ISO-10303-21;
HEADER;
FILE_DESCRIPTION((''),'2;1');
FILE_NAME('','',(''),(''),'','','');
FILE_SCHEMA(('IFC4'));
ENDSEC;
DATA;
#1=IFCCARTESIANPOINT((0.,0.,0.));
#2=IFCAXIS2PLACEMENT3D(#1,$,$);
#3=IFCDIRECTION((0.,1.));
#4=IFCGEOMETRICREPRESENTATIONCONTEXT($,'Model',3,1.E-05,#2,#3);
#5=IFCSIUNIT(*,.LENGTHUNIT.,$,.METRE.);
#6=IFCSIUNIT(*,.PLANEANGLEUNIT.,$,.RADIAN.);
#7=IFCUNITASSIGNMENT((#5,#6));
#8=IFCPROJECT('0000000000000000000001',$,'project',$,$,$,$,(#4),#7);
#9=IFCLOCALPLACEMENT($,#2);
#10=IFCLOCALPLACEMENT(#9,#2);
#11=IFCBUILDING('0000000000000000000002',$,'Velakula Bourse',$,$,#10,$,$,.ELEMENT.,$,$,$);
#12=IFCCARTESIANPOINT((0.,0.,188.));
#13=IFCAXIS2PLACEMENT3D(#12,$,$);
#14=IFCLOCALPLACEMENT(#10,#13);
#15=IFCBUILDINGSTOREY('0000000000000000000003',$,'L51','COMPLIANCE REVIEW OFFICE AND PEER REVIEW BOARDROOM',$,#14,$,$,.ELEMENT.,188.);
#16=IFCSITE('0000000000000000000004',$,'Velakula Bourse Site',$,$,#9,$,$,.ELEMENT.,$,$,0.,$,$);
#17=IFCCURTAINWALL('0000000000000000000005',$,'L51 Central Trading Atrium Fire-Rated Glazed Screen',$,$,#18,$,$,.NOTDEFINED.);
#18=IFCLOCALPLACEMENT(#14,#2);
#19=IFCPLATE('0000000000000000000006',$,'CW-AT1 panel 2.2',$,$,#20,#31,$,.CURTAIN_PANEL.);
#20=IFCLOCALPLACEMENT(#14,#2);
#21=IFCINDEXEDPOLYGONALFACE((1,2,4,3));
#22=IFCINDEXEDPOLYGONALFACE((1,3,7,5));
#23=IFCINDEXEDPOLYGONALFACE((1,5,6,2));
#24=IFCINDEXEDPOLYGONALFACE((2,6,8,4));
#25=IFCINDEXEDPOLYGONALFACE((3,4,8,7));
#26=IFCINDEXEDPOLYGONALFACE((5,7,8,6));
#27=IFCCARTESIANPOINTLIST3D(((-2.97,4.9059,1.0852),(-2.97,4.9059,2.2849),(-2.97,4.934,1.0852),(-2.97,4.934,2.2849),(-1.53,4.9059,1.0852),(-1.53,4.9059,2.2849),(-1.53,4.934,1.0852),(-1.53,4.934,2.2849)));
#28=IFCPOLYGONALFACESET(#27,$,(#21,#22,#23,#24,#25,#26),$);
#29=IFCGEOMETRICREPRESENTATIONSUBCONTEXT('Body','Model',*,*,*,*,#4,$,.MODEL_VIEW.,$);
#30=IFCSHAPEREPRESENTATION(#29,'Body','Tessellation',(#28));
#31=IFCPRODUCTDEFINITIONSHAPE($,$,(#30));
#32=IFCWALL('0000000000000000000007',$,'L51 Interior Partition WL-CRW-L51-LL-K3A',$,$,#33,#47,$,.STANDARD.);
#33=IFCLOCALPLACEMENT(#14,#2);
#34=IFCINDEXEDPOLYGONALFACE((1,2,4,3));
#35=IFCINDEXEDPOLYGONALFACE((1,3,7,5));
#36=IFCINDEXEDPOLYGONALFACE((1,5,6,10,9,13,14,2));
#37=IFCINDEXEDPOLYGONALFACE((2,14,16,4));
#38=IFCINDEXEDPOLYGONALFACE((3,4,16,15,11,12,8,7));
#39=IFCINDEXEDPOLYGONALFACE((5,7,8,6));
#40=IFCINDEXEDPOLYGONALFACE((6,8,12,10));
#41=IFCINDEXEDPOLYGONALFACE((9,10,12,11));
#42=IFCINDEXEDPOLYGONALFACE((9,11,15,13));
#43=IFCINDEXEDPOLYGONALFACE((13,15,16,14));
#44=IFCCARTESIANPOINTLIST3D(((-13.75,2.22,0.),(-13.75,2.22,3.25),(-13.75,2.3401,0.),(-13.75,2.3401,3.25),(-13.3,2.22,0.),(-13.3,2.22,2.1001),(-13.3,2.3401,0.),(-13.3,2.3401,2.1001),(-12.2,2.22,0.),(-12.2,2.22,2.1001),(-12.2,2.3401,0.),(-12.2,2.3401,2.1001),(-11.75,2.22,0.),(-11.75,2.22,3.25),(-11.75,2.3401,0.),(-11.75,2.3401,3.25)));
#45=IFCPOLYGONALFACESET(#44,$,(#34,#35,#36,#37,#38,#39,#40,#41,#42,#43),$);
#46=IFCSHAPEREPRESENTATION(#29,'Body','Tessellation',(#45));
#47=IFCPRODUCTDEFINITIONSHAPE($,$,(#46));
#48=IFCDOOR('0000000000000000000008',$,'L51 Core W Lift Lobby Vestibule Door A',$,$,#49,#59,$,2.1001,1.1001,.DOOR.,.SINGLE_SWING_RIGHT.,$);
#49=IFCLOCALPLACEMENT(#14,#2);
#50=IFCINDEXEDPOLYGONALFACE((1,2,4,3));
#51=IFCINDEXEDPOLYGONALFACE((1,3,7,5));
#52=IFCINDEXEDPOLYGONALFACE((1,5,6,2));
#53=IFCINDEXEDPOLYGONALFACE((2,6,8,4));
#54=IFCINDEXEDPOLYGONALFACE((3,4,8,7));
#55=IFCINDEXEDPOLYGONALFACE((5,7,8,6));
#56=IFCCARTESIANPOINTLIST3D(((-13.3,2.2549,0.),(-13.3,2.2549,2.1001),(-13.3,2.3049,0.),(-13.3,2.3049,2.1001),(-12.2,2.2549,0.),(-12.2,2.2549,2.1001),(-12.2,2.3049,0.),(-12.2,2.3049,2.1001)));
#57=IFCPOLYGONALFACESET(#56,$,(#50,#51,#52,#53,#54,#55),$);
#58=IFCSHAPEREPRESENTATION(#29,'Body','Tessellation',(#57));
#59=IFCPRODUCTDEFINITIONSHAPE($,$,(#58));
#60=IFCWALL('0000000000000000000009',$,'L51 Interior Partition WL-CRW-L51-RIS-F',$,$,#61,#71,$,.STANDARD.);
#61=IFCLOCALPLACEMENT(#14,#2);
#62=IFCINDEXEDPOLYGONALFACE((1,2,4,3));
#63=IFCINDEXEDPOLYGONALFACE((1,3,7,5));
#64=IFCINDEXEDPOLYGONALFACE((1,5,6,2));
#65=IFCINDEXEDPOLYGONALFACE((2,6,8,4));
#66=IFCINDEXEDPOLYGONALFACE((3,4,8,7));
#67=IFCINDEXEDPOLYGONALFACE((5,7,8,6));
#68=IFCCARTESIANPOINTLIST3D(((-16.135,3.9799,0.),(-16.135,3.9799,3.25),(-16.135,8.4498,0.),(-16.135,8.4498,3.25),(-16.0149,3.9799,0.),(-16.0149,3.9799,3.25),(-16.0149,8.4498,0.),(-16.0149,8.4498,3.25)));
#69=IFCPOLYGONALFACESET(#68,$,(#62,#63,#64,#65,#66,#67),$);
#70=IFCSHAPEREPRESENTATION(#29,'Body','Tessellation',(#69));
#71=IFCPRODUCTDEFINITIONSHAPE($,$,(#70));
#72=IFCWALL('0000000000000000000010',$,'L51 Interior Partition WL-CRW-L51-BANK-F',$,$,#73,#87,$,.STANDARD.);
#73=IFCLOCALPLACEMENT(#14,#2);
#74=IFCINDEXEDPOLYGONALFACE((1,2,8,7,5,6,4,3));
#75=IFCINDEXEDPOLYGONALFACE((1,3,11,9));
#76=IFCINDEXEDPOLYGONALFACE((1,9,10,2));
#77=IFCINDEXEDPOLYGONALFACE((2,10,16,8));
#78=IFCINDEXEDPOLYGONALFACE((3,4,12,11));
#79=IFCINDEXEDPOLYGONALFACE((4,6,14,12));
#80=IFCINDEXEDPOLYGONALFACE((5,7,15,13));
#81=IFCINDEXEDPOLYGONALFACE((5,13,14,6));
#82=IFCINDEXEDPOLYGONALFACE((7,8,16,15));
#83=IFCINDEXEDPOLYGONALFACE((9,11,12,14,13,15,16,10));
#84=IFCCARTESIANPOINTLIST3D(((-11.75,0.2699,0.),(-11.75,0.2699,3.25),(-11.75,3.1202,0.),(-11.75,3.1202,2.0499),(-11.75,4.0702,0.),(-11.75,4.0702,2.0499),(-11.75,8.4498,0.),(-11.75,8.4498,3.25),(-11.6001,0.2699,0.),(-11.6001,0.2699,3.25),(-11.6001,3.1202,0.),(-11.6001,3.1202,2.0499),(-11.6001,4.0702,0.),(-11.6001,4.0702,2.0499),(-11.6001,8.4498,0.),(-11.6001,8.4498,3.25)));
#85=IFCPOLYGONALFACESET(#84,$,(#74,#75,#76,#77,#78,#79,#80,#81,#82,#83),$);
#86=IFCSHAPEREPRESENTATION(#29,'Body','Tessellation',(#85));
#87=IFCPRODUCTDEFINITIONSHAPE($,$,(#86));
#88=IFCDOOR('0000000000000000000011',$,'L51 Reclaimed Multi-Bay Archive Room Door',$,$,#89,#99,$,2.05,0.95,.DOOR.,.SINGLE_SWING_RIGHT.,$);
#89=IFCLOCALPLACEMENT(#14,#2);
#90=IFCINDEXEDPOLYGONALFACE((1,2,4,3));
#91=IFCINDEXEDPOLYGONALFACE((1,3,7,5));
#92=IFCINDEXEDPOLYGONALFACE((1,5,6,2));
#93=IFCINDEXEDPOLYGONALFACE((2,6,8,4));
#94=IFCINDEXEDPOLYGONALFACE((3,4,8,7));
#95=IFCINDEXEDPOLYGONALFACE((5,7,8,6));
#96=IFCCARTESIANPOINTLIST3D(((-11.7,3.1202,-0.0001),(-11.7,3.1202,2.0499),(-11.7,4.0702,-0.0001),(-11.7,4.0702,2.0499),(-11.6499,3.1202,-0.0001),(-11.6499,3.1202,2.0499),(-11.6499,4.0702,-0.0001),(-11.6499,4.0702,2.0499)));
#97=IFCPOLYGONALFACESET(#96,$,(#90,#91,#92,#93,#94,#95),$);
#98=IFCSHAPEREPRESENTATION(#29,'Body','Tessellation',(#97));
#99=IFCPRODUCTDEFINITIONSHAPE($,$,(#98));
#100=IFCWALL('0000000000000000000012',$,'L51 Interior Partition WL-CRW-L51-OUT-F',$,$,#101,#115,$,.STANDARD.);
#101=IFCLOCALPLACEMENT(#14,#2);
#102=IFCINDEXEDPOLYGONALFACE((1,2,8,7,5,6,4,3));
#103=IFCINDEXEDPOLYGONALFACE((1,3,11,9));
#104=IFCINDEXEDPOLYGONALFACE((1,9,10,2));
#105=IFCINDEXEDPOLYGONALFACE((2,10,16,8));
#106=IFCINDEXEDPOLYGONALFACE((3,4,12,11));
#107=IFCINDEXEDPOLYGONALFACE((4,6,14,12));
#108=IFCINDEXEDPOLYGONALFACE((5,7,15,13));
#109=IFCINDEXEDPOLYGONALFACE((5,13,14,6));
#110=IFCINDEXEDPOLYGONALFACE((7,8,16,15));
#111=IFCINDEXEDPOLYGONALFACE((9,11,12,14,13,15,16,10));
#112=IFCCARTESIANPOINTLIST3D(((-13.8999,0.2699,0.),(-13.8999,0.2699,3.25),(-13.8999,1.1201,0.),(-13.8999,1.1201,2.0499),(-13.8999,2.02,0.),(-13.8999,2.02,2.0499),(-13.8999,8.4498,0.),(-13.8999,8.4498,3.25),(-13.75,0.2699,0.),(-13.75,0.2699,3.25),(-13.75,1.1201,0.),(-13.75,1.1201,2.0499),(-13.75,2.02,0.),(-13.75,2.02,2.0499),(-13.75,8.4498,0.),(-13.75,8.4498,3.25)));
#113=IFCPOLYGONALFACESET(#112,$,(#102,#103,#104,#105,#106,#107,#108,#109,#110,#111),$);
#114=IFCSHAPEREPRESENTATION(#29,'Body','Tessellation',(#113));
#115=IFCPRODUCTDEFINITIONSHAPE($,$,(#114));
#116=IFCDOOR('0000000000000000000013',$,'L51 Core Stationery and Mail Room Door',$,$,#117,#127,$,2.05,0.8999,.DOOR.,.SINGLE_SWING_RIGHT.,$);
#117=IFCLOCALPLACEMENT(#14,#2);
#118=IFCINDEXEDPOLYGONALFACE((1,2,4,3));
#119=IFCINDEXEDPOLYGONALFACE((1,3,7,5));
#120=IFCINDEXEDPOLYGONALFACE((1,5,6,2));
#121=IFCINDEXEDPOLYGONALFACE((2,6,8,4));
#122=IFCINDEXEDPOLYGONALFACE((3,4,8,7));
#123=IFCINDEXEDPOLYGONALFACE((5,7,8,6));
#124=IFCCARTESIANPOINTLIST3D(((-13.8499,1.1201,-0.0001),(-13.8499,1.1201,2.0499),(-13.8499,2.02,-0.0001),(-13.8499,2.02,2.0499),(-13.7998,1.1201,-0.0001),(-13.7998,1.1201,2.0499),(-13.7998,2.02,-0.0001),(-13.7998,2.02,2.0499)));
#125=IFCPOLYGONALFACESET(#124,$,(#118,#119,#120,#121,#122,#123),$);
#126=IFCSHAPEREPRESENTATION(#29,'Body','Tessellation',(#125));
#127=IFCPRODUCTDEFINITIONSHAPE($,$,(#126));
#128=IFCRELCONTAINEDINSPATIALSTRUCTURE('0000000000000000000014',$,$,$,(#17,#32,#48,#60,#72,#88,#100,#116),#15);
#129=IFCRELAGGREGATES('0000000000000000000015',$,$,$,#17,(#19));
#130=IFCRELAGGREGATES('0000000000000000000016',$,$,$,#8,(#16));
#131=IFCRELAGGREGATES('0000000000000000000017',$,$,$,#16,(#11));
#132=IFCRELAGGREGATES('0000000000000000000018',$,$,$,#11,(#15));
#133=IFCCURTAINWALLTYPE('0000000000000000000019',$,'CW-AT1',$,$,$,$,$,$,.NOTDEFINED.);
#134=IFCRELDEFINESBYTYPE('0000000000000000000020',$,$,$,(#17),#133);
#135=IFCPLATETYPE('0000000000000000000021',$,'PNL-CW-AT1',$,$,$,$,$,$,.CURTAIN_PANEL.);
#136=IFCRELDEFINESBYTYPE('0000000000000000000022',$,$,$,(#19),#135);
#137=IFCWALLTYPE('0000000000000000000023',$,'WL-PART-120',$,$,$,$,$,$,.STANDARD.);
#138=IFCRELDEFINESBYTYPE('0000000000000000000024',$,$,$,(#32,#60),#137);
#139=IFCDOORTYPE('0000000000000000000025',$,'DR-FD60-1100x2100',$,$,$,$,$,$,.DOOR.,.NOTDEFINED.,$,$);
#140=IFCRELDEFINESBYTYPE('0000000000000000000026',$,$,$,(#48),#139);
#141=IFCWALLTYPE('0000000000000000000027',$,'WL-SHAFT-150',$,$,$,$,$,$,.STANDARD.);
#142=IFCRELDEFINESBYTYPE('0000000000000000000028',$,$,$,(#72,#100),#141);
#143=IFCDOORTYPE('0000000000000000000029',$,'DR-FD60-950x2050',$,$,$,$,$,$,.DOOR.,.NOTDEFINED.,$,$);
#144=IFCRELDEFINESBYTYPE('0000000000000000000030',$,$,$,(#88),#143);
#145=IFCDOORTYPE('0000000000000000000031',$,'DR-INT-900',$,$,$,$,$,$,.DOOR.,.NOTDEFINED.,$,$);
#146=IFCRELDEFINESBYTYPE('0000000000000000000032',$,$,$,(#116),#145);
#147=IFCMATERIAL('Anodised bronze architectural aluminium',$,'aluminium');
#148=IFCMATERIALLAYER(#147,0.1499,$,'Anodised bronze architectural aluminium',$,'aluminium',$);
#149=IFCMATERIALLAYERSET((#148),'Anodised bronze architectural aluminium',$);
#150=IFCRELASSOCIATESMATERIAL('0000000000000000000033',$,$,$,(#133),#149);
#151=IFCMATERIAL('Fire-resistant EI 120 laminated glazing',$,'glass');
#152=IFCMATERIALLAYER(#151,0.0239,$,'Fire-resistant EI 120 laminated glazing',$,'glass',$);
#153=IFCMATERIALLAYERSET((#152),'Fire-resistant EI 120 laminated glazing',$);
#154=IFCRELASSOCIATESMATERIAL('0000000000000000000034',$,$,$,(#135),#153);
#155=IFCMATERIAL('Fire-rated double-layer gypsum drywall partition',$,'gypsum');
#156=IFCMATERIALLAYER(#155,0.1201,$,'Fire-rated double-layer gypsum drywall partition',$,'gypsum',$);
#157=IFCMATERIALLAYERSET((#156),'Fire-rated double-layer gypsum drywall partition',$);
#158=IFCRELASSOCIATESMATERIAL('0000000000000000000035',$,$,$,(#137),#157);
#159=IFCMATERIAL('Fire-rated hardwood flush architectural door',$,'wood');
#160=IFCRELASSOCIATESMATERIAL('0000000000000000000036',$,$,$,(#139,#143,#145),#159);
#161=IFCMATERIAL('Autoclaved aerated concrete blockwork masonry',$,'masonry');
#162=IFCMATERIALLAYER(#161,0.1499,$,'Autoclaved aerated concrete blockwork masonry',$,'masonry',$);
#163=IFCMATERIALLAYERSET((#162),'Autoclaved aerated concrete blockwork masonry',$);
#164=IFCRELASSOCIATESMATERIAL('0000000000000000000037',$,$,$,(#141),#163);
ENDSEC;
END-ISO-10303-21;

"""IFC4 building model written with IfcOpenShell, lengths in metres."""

from ifc_helpers import new_model, si_unit, direction, frame, frame_2d, origin, origin_2d, place, context, subcontext, project, spatial, rectangle, extrude, material, layer, layer_set, type_object, element, fill, aggregate, save


model = new_model("IFC4")

# Units and contexts
model_context = context("Model", 3, precision=1e-05, world=origin(), true_north=direction((0.0, 1.0)))
body_context = subcontext(model_context, "Body", "Model", "MODEL_VIEW")
ifc_project = project(units=[si_unit("LENGTHUNIT", "METRE"), si_unit("PLANEANGLEUNIT", "RADIAN")], contexts=[model_context])

# Site, building, storey
site_placement = place(None, origin())
site = spatial("IfcSite", under=ifc_project, at=site_placement, Name="Velakula Bourse Site", CompositionType="ELEMENT", RefElevation=0.0)
building_placement = place(site_placement, origin())
building = spatial("IfcBuilding", under=site, at=building_placement, Name="Velakula Bourse", CompositionType="ELEMENT")
storey_placement = place(building_placement, frame((0.0, 0.0, 188.0)))
storey = spatial("IfcBuildingStorey", under=building, at=storey_placement, Name="L51", Description="COMPLIANCE REVIEW OFFICE AND PEER REVIEW BOARDROOM", CompositionType="ELEMENT", Elevation=188.0)

# Curtain wall, plate
ifc_material_1 = material(Name="Anodised bronze architectural aluminium", Category="aluminium")
ifc_layer_1 = layer(ifc_material_1, 0.1499, Name="Anodised bronze architectural aluminium", Category="aluminium")
ifc_layer_set_1 = layer_set([ifc_layer_1], Name="Anodised bronze architectural aluminium")
curtain_wall_type = type_object("IfcCurtainWallType", Name="CW-AT1", PredefinedType="NOTDEFINED", material=ifc_layer_set_1)
curtain_wall_placement = place(storey_placement, origin())
curtain_wall = element("IfcCurtainWall", 1, at=curtain_wall_placement, inside=storey, type_object=curtain_wall_type, Name="L51 Central Trading Atrium Fire-Rated Glazed Screen", PredefinedType="NOTDEFINED")
ifc_material_2 = material(Name="Fire-resistant EI 120 laminated glazing", Category="glass")
ifc_layer_2 = layer(ifc_material_2, 0.0239, Name="Fire-resistant EI 120 laminated glazing", Category="glass")
ifc_layer_set_2 = layer_set([ifc_layer_2], Name="Fire-resistant EI 120 laminated glazing")
plate_type = type_object("IfcPlateType", Name="PNL-CW-AT1", PredefinedType="CURTAIN_PANEL", material=ifc_layer_set_2)
plate_1_placement = place(storey_placement, frame((-2.25, 4.9199, 1.0852), z_axis=(0.0, 0.0, 1.0), x_axis=(1.0, 0.0, 0.0)))
plate_1 = element("IfcPlate", 2, at=plate_1_placement, type_object=plate_type, Name="CW-AT1 panel 2.2", PredefinedType="CURTAIN_PANEL", context=body_context, shape_type="SweptSolid", body=[
    extrude(rectangle(XDim=1.4399, YDim=0.0281, at=origin_2d()), origin(), (0.0, 0.0, 1.0), 1.1997),
])
aggregate(curtain_wall, [plate_1])

# Wall, opening, door
ifc_material_3 = material(Name="Fire-rated double-layer gypsum drywall partition", Category="gypsum")
ifc_layer_3 = layer(ifc_material_3, 0.1201, Name="Fire-rated double-layer gypsum drywall partition", Category="gypsum")
ifc_layer_set_3 = layer_set([ifc_layer_3], Name="Fire-rated double-layer gypsum drywall partition")
wall_type_1 = type_object("IfcWallType", Name="WL-PART-120", PredefinedType="STANDARD", material=ifc_layer_set_3)
wall_1_placement = place(storey_placement, frame((-13.75, 2.28, 0.0), z_axis=(0.0, 0.0, 1.0), x_axis=(1.0, 0.0, 0.0)))
wall_1 = element("IfcWall", 3, at=wall_1_placement, inside=storey, type_object=wall_type_1, Name="L51 Interior Partition WL-CRW-L51-LL-K3A", PredefinedType="STANDARD", context=body_context, shape_type="SweptSolid", body=[
    extrude(rectangle(XDim=2.0, YDim=0.1201, at=frame_2d((1.0, 0.0))), origin(), (0.0, 0.0, 1.0), 3.25),
])
opening_1_placement = place(wall_1_placement, frame((0.45, 0.0, 0.0)))
opening_1 = element("IfcOpeningElement", 4, at=opening_1_placement, cuts=wall_1, PredefinedType="OPENING", context=body_context, shape_type="SweptSolid", body=[
    extrude(rectangle(XDim=1.1001, YDim=2.1001, at=frame_2d((0.55, 1.05))), frame((0.0, 0.0701, 0.0), z_axis=(0.0, -1.0, 0.0), x_axis=(1.0, 0.0, 0.0)), (0.0, 0.0, 1.0), 0.1401),
])
ifc_material_4 = material(Name="Fire-rated hardwood flush architectural door", Category="wood")
door_type_1 = type_object("IfcDoorType", Name="DR-FD60-1100x2100", OperationType="NOTDEFINED", PredefinedType="DOOR", material=ifc_material_4)
door_1_placement = place(opening_1_placement, origin())
door_1 = element("IfcDoor", 5, at=door_1_placement, inside=storey, type_object=door_type_1, Name="L51 Core W Lift Lobby Vestibule Door A", OperationType="SINGLE_SWING_RIGHT", OverallHeight=2.1001, OverallWidth=1.1001, PredefinedType="DOOR", context=body_context, shape_type="SweptSolid", body=[
    extrude(rectangle(XDim=1.1001, YDim=2.1001, at=frame_2d((0.55, 1.05))), frame((0.0, 0.0249, 0.0), z_axis=(0.0, -1.0, 0.0), x_axis=(1.0, 0.0, 0.0)), (0.0, 0.0, 1.0), 0.05),
])
fill(opening_1, door_1)

# Wall
wall_2_placement = place(storey_placement, frame((-16.075, 3.98, 0.0), z_axis=(0.0, 0.0, 1.0), x_axis=(0.0, 1.0, 0.0)))
element("IfcWall", 6, at=wall_2_placement, inside=storey, type_object=wall_type_1, Name="L51 Interior Partition WL-CRW-L51-RIS-F", PredefinedType="STANDARD", context=body_context, shape_type="SweptSolid", body=[
    extrude(rectangle(XDim=4.47, YDim=0.1201, at=frame_2d((2.2349, 0.0))), origin(), (0.0, 0.0, 1.0), 3.25),
])

# Walls, openings, doors
ifc_material_5 = material(Name="Autoclaved aerated concrete blockwork masonry", Category="masonry")
ifc_layer_4 = layer(ifc_material_5, 0.1499, Name="Autoclaved aerated concrete blockwork masonry", Category="masonry")
ifc_layer_set_4 = layer_set([ifc_layer_4], Name="Autoclaved aerated concrete blockwork masonry")
wall_type_2 = type_object("IfcWallType", Name="WL-SHAFT-150", PredefinedType="STANDARD", material=ifc_layer_set_4)
wall_3_placement = place(storey_placement, frame((-11.675, 0.27, 0.0), z_axis=(0.0, 0.0, 1.0), x_axis=(0.0, 1.0, 0.0)))
wall_3 = element("IfcWall", 7, at=wall_3_placement, inside=storey, type_object=wall_type_2, Name="L51 Interior Partition WL-CRW-L51-BANK-F", PredefinedType="STANDARD", context=body_context, shape_type="SweptSolid", body=[
    extrude(rectangle(XDim=8.1799, YDim=0.1499, at=frame_2d((4.0898, 0.0))), origin(), (0.0, 0.0, 1.0), 3.25),
])
opening_2_placement = place(wall_3_placement, frame((2.8501, 0.0, 0.0)))
opening_2 = element("IfcOpeningElement", 8, at=opening_2_placement, cuts=wall_3, PredefinedType="OPENING", context=body_context, shape_type="SweptSolid", body=[
    extrude(rectangle(XDim=0.95, YDim=2.05, at=frame_2d((0.4751, 1.0249))), frame((0.0, 0.085, 0.0), z_axis=(0.0, -1.0, 0.0), x_axis=(1.0, 0.0, 0.0)), (0.0, 0.0, 1.0), 0.1699),
])
door_type_2 = type_object("IfcDoorType", Name="DR-FD60-950x2050", OperationType="NOTDEFINED", PredefinedType="DOOR", material=ifc_material_4)
door_2_placement = place(opening_2_placement, origin())
door_2 = element("IfcDoor", 9, at=door_2_placement, inside=storey, type_object=door_type_2, Name="L51 Reclaimed Multi-Bay Archive Room Door", OperationType="SINGLE_SWING_RIGHT", OverallHeight=2.05, OverallWidth=0.95, PredefinedType="DOOR", context=body_context, shape_type="SweptSolid", body=[
    extrude(rectangle(XDim=0.95, YDim=2.05, at=frame_2d((0.4751, 1.0249))), frame((0.0, 0.0249, 0.0), z_axis=(0.0, -1.0, 0.0), x_axis=(1.0, 0.0, 0.0)), (0.0, 0.0, 1.0), 0.05),
])
fill(opening_2, door_2)
wall_4_placement = place(storey_placement, frame((-13.825, 0.27, 0.0), z_axis=(0.0, 0.0, 1.0), x_axis=(0.0, 1.0, 0.0)))
wall_4 = element("IfcWall", 10, at=wall_4_placement, inside=storey, type_object=wall_type_2, Name="L51 Interior Partition WL-CRW-L51-OUT-F", PredefinedType="STANDARD", context=body_context, shape_type="SweptSolid", body=[
    extrude(rectangle(XDim=8.1799, YDim=0.1499, at=frame_2d((4.0898, 0.0))), origin(), (0.0, 0.0, 1.0), 3.25),
])
opening_3_placement = place(wall_4_placement, frame((0.8501, 0.0, 0.0)))
opening_3 = element("IfcOpeningElement", 11, at=opening_3_placement, cuts=wall_4, PredefinedType="OPENING", context=body_context, shape_type="SweptSolid", body=[
    extrude(rectangle(XDim=0.8999, YDim=2.05, at=frame_2d((0.45, 1.0249))), frame((0.0, 0.085, 0.0), z_axis=(0.0, -1.0, 0.0), x_axis=(1.0, 0.0, 0.0)), (0.0, 0.0, 1.0), 0.1699),
])
door_type_3 = type_object("IfcDoorType", Name="DR-INT-900", OperationType="NOTDEFINED", PredefinedType="DOOR", material=ifc_material_4)
door_3_placement = place(opening_3_placement, origin())
door_3 = element("IfcDoor", 12, at=door_3_placement, inside=storey, type_object=door_type_3, Name="L51 Core Stationery and Mail Room Door", OperationType="SINGLE_SWING_RIGHT", OverallHeight=2.05, OverallWidth=0.8999, PredefinedType="DOOR", context=body_context, shape_type="SweptSolid", body=[
    extrude(rectangle(XDim=0.8999, YDim=2.05, at=frame_2d((0.45, 1.0249))), frame((0.0, 0.0249, 0.0), z_axis=(0.0, -1.0, 0.0), x_axis=(1.0, 0.0, 0.0)), (0.0, 0.0, 1.0), 0.05),
])
fill(opening_3, door_3)

save(model, "model.ifc")
